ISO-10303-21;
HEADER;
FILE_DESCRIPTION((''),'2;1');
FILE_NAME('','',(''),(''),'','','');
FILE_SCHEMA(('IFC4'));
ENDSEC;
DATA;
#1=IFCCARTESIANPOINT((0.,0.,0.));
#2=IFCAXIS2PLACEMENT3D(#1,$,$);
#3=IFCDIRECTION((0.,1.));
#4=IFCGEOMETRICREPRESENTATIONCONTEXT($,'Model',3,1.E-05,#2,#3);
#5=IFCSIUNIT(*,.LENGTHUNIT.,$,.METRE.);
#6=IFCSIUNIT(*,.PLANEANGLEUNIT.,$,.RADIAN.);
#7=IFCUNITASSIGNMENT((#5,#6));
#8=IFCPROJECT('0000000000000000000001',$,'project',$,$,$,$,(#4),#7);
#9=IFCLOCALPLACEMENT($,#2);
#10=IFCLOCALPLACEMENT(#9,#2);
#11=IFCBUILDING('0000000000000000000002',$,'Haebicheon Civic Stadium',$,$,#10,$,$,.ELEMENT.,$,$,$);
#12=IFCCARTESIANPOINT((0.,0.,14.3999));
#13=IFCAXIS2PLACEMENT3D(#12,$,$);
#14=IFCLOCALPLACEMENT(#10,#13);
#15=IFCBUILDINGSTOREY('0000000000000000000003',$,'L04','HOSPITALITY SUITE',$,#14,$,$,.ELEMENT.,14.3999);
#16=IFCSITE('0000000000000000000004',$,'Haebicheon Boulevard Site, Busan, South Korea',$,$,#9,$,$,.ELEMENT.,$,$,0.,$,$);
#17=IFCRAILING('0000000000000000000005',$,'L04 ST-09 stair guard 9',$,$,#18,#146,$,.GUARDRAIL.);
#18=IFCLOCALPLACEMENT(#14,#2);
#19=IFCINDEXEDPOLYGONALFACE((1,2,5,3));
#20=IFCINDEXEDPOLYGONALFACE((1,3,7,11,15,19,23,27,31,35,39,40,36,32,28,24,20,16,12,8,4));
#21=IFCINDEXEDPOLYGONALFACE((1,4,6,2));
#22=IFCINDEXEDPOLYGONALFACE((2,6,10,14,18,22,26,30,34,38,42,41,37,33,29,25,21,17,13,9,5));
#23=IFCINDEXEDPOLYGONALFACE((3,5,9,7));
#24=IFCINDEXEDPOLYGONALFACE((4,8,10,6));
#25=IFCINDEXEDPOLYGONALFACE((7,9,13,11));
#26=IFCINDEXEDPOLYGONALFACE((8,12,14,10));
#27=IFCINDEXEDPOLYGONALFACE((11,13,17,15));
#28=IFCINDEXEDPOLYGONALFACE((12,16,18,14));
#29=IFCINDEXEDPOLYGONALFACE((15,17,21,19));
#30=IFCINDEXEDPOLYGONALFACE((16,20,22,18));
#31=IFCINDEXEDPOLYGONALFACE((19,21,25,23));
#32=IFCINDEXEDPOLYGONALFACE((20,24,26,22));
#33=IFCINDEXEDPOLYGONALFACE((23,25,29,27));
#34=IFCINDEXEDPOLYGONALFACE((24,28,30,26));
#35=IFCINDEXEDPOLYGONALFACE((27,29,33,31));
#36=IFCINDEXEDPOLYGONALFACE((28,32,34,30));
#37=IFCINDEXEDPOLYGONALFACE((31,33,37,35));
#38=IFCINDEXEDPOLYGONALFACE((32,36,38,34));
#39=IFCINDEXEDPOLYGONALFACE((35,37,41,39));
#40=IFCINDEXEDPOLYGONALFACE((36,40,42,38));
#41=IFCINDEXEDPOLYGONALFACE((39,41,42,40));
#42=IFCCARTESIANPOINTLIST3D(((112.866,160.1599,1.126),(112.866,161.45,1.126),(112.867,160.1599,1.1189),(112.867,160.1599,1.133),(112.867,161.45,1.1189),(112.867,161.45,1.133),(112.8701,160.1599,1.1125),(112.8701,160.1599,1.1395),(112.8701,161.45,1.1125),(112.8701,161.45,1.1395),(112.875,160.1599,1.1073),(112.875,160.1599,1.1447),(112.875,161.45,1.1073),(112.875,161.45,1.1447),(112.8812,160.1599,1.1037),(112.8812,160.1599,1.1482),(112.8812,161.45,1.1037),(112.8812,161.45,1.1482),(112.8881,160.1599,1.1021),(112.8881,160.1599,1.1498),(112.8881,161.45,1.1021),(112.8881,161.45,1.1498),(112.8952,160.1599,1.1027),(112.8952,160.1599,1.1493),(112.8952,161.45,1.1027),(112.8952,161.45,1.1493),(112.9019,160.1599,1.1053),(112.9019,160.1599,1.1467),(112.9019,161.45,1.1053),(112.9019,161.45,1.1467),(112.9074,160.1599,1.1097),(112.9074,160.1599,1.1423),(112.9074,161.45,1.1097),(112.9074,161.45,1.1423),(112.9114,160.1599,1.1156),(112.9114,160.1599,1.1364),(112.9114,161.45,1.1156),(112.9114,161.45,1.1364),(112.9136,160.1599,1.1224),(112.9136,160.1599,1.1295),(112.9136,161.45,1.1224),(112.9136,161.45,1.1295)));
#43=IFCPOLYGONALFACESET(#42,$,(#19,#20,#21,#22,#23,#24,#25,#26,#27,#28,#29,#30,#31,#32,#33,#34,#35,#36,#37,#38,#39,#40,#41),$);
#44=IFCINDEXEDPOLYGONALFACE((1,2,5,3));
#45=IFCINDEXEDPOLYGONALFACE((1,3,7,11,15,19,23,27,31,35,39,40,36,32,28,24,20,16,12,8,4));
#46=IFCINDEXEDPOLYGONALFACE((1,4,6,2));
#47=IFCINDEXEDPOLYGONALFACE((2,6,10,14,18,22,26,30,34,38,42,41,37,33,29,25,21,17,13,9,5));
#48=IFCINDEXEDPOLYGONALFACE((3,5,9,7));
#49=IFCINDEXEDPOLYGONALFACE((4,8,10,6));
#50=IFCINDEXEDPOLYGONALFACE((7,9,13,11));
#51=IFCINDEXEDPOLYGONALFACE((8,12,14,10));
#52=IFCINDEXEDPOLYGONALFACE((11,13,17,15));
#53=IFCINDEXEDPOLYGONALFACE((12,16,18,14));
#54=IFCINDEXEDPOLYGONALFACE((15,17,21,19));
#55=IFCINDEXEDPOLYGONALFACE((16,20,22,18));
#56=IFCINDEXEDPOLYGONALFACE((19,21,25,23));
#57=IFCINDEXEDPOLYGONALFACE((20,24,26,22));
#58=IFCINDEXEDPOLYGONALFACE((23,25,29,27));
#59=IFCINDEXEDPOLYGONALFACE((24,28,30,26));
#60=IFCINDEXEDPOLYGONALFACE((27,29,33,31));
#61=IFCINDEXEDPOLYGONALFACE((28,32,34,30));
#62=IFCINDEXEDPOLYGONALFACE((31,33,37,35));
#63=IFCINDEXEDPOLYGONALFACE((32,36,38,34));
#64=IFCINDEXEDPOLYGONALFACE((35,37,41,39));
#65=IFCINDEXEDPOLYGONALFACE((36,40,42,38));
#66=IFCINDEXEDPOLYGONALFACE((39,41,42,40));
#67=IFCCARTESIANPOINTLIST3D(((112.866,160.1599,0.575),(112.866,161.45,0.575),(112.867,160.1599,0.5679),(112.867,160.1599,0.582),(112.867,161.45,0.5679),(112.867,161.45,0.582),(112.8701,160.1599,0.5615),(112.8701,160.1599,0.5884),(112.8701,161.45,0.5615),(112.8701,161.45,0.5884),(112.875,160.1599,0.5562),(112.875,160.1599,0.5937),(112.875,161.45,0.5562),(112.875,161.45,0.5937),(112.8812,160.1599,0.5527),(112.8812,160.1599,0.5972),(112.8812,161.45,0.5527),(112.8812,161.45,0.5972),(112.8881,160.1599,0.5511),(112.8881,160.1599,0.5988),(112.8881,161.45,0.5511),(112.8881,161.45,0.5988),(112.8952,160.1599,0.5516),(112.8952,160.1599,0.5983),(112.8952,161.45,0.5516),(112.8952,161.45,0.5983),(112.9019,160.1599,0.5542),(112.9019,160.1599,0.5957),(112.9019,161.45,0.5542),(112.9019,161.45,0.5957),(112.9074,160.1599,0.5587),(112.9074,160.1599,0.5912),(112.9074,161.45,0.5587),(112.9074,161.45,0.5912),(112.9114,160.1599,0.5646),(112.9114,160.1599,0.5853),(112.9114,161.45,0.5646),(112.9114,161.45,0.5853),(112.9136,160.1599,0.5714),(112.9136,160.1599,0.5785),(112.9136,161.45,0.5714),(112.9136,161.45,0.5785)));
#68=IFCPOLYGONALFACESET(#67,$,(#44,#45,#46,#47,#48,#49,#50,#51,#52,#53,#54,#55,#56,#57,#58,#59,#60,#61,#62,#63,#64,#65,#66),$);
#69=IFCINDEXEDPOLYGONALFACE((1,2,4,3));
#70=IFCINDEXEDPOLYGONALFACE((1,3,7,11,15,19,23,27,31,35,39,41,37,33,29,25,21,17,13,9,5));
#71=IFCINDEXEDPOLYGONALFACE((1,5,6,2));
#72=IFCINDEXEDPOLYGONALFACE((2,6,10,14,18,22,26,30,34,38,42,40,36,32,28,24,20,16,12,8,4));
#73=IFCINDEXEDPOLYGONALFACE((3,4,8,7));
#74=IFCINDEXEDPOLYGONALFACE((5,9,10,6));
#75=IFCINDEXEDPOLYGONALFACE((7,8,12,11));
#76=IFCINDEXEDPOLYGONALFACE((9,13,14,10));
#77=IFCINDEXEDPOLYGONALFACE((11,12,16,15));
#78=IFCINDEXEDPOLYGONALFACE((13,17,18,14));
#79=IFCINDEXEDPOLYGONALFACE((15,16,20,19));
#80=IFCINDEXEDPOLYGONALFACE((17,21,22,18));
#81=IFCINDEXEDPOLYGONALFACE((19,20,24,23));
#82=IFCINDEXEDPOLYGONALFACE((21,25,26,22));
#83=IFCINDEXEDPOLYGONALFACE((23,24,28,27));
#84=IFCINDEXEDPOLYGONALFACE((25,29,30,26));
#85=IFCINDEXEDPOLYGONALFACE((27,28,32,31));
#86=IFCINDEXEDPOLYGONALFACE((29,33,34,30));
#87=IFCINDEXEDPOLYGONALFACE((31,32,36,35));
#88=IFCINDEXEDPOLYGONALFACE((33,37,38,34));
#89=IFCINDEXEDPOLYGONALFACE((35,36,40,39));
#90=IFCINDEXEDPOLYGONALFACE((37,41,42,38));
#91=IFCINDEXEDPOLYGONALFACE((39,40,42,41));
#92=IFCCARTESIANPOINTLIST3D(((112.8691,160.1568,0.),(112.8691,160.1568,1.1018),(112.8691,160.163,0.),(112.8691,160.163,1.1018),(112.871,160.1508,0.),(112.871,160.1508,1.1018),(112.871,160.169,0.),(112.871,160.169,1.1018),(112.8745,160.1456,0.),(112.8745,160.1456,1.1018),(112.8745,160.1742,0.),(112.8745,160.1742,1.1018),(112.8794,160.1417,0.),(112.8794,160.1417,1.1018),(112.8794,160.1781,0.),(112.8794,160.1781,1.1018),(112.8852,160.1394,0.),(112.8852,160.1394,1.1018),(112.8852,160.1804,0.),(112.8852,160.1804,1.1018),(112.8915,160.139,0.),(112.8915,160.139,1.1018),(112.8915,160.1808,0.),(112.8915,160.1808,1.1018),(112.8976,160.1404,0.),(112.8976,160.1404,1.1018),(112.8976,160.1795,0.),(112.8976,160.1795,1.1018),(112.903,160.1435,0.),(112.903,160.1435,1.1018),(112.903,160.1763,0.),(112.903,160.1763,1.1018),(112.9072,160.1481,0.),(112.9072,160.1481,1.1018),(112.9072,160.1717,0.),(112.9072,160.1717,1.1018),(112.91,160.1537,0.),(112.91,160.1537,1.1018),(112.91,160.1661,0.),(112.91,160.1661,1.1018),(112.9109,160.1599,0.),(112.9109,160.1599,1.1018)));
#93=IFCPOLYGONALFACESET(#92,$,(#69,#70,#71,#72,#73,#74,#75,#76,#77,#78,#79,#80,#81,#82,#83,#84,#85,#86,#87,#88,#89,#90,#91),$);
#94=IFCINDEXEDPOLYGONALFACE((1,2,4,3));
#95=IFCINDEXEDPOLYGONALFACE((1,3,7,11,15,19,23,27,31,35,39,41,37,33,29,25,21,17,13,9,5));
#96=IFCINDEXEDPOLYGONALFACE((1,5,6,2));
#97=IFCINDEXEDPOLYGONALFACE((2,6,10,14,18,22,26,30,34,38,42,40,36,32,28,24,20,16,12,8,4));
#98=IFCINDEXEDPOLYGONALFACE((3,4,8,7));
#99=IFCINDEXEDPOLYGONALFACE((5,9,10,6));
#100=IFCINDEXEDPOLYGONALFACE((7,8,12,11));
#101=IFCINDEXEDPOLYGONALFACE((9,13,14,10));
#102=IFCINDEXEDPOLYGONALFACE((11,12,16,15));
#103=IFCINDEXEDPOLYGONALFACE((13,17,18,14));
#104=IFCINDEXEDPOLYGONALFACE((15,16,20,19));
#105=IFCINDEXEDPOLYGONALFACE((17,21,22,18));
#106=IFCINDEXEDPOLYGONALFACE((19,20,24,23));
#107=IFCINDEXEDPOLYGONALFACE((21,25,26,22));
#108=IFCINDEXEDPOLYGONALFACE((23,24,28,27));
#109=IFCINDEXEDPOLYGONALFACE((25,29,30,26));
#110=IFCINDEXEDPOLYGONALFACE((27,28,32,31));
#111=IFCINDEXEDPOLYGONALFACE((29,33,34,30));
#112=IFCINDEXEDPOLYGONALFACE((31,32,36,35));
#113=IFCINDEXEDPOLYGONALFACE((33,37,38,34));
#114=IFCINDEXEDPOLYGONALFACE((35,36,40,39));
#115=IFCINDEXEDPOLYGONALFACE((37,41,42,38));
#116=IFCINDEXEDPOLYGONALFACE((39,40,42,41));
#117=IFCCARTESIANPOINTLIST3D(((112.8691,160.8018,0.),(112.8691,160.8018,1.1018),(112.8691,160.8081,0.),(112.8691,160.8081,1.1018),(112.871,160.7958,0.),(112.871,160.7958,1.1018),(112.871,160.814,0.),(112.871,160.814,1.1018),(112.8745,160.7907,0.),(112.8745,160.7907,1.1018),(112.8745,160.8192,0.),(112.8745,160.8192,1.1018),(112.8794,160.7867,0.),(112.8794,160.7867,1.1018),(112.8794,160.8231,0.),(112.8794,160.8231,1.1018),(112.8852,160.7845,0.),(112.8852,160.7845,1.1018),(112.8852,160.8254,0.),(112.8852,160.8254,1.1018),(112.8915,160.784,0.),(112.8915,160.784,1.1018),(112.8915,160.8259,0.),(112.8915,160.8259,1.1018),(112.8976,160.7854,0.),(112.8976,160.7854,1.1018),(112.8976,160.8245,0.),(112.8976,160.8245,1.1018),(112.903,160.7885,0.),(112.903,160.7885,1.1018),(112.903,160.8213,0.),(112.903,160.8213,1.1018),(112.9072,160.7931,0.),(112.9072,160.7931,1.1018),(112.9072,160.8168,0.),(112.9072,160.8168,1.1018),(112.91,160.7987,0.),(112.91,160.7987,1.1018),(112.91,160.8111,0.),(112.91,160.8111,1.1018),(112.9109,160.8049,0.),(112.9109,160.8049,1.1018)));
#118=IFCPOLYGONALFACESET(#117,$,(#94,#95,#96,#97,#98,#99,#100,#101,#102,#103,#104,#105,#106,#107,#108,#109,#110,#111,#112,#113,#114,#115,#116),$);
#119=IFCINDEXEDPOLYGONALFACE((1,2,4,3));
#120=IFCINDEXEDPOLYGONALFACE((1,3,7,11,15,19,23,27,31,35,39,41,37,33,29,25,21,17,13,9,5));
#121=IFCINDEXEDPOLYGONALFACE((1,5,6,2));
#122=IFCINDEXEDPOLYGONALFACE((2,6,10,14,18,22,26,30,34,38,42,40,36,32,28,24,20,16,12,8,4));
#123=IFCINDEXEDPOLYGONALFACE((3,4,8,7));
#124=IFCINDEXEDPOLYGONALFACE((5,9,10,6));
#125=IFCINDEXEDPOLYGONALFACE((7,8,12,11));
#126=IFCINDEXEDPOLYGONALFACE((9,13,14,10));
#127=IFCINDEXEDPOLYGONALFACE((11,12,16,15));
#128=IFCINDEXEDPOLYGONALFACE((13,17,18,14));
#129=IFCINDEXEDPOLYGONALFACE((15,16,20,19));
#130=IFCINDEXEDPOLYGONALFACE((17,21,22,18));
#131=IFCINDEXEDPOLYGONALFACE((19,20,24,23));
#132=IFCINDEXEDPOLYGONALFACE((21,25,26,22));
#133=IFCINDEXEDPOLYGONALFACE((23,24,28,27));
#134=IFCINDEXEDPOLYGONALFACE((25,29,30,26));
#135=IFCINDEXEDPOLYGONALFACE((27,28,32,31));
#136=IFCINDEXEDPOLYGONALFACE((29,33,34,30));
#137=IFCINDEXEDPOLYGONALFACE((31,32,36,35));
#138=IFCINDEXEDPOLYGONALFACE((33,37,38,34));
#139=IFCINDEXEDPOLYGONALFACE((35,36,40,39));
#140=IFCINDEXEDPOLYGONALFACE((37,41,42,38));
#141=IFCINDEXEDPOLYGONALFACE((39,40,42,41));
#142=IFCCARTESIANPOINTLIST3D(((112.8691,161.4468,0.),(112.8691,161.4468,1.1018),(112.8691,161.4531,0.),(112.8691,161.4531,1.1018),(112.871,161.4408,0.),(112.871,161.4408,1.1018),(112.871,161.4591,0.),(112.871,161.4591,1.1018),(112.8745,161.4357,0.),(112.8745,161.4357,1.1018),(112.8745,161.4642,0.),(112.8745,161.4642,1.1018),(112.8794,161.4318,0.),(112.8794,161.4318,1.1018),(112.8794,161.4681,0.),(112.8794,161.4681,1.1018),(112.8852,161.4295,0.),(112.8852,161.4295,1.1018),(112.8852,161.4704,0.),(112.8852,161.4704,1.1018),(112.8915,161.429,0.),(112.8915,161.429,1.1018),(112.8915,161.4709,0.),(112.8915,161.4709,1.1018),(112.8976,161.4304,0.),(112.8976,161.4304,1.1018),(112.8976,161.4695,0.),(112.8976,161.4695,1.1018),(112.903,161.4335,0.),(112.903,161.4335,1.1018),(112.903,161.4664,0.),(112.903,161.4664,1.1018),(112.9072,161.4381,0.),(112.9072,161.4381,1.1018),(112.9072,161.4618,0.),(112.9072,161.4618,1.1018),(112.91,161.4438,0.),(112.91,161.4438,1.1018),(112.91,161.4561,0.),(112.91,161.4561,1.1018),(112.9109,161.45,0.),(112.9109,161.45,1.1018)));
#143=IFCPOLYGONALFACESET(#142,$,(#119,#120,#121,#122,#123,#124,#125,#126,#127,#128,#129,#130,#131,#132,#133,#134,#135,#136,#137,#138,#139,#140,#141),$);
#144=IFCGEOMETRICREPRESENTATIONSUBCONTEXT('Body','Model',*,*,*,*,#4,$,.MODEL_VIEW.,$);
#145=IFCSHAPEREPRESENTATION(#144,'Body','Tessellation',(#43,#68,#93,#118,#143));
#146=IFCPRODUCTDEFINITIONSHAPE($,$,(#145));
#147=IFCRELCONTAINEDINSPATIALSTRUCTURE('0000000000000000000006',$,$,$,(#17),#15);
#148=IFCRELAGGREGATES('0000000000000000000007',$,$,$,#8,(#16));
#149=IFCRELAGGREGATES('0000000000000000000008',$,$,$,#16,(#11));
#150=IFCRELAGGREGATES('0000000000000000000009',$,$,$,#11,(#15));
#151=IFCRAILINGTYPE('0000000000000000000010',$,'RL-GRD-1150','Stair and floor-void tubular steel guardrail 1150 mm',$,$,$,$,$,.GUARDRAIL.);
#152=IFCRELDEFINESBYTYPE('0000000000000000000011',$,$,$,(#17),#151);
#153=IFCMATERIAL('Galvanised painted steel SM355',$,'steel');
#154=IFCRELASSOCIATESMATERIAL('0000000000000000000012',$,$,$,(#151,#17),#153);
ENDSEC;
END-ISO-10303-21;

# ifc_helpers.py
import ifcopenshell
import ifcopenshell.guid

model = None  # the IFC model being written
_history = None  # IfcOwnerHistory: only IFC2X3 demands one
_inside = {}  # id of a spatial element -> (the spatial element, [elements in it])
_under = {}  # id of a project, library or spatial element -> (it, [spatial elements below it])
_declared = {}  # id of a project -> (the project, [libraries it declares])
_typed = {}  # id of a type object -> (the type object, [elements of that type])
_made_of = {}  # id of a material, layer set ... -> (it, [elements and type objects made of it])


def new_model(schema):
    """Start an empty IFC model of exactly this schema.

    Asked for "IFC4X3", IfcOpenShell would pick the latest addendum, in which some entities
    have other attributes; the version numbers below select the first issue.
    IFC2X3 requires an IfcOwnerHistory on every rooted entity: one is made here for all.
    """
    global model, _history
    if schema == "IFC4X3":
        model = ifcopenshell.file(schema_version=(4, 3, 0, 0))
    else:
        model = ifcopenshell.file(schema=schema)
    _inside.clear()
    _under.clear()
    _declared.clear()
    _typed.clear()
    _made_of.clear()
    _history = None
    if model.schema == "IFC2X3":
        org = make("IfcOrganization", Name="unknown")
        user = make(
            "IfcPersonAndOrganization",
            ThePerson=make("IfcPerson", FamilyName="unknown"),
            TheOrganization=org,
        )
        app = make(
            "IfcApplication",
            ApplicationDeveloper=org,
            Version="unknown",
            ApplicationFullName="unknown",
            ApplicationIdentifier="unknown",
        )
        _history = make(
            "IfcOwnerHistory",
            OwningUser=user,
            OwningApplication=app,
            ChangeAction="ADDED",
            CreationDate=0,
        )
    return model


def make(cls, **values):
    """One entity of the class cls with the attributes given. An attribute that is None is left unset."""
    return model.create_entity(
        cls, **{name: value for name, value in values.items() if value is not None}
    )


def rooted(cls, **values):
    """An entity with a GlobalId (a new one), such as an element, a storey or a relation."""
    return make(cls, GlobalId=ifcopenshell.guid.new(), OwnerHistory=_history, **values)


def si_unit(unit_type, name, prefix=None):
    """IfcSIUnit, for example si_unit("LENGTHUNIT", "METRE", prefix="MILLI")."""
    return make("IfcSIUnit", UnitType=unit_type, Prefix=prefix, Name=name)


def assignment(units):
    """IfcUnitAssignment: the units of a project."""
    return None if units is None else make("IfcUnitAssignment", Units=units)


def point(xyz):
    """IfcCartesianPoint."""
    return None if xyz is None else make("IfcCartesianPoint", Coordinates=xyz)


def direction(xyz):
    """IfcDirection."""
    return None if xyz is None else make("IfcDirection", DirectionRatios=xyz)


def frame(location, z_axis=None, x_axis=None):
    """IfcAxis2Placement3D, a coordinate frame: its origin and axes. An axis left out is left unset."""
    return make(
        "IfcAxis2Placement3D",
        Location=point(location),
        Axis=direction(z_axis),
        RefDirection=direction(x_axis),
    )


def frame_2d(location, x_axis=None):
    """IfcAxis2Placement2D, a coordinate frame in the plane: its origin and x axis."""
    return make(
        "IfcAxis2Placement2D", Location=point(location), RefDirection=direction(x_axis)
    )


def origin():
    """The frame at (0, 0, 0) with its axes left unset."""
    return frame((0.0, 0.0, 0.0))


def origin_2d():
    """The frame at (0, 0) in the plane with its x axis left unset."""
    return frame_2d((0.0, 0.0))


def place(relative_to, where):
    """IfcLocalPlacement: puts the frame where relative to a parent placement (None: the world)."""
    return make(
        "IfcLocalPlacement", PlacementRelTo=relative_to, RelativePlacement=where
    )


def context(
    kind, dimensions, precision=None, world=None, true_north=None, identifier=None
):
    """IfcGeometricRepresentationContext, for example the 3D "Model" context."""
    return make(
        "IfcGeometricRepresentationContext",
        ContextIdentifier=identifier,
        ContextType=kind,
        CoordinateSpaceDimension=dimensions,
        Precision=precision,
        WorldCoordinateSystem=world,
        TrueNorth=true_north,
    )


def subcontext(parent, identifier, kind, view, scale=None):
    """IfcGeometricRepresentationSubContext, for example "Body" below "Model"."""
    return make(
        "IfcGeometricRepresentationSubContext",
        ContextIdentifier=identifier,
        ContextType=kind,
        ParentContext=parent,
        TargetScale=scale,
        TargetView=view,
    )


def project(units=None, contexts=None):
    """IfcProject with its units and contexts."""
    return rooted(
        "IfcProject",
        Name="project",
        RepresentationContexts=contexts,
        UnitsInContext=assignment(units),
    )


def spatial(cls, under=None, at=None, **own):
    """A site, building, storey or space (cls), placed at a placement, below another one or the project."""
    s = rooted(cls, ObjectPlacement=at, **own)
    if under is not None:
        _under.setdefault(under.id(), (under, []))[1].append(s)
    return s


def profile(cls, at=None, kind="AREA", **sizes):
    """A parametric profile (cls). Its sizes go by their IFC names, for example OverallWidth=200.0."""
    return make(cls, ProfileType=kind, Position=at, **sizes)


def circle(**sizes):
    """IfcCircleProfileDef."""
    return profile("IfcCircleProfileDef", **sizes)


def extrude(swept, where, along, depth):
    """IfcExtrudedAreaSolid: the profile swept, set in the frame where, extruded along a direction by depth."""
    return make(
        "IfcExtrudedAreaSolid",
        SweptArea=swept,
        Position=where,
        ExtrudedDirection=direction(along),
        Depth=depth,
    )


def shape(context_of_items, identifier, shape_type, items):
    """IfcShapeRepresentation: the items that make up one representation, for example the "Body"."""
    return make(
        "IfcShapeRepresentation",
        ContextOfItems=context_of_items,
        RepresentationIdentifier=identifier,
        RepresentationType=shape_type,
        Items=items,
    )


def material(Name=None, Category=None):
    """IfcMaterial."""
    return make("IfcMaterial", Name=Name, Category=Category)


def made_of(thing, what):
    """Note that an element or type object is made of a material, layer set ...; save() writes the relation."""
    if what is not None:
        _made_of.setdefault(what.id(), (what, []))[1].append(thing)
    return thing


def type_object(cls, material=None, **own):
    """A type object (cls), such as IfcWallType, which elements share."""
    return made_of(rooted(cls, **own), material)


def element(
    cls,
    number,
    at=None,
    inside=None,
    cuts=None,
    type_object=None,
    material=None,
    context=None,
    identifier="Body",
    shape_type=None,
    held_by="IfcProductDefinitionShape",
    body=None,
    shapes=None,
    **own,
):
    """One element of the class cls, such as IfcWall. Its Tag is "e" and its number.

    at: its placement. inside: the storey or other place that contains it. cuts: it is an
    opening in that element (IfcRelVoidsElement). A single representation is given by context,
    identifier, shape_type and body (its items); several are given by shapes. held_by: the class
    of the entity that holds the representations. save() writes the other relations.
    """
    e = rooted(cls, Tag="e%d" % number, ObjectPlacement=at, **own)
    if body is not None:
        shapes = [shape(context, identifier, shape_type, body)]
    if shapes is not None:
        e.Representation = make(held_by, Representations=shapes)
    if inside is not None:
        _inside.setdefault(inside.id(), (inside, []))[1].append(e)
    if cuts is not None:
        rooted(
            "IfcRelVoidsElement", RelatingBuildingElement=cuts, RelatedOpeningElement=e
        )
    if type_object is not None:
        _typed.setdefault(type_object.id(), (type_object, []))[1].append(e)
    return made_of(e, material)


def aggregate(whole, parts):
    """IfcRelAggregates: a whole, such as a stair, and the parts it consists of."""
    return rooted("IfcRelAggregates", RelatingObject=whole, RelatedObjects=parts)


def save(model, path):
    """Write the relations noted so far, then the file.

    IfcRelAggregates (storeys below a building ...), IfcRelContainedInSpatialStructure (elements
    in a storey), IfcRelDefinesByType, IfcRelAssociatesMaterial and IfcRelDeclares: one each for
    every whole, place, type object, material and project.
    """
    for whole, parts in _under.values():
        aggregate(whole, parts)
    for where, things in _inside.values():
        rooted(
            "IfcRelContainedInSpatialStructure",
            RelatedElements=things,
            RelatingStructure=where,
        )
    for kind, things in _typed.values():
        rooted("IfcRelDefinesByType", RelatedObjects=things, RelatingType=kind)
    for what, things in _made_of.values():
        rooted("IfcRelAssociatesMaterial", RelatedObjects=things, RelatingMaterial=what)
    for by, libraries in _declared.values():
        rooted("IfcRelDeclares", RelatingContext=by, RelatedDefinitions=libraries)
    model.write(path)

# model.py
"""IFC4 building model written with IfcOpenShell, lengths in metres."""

from ifc_helpers import new_model, si_unit, direction, frame, origin, origin_2d, place, context, subcontext, project, spatial, circle, extrude, material, type_object, element, save


model = new_model("IFC4")

# Units and contexts
model_context = context("Model", 3, precision=1e-05, world=origin(), true_north=direction((0.0, 1.0)))
body_context = subcontext(model_context, "Body", "Model", "MODEL_VIEW")
ifc_project = project(units=[si_unit("LENGTHUNIT", "METRE"), si_unit("PLANEANGLEUNIT", "RADIAN")], contexts=[model_context])

# Site, building, storey
site_placement = place(None, origin())
site = spatial("IfcSite", under=ifc_project, at=site_placement, Name="Haebicheon Boulevard Site, Busan, South Korea", CompositionType="ELEMENT", RefElevation=0.0)
building_placement = place(site_placement, origin())
building = spatial("IfcBuilding", under=site, at=building_placement, Name="Haebicheon Civic Stadium", CompositionType="ELEMENT")
storey_placement = place(building_placement, frame((0.0, 0.0, 14.3999)))
storey = spatial("IfcBuildingStorey", under=building, at=storey_placement, Name="L04", Description="HOSPITALITY SUITE", CompositionType="ELEMENT", Elevation=14.3999)

# Railing
ifc_material_1 = material(Name="Galvanised painted steel SM355", Category="steel")
railing_type = type_object("IfcRailingType", Name="RL-GRD-1150", Description="Stair and floor-void tubular steel guardrail 1150 mm", PredefinedType="GUARDRAIL", material=ifc_material_1)
for number, where, name in (
    (1, (112.8899, 160.1599, 0.0), "L04 ST-09 stair guard 9"),
):
    element("IfcRailing", number, at=place(storey_placement, frame(where)), inside=storey, type_object=railing_type, material=ifc_material_1, Name=name, PredefinedType="GUARDRAIL", context=body_context, shape_type="SweptSolid", body=[
        extrude(circle(Radius=0.0239, at=origin_2d()), frame((0.0, 0.0, 1.126), z_axis=(0.0, 1.0, 0.0), x_axis=(-1.0, 0.0, 0.0)), (0.0, 0.0, 1.0), 1.29),
        extrude(circle(Radius=0.0239, at=origin_2d()), frame((0.0, 0.0, 0.575), z_axis=(0.0, 1.0, 0.0), x_axis=(-1.0, 0.0, 0.0)), (0.0, 0.0, 1.0), 1.29),
        extrude(circle(Radius=0.021, at=origin_2d()), origin(), (0.0, 0.0, 1.0), 1.1018),
        extrude(circle(Radius=0.021, at=origin_2d()), frame((0.0, 0.645, 0.0)), (0.0, 0.0, 1.0), 1.1018),
        extrude(circle(Radius=0.021, at=origin_2d()), frame((0.0, 1.29, 0.0)), (0.0, 0.0, 1.0), 1.1018),
    ])

save(model, "model.ifc")
